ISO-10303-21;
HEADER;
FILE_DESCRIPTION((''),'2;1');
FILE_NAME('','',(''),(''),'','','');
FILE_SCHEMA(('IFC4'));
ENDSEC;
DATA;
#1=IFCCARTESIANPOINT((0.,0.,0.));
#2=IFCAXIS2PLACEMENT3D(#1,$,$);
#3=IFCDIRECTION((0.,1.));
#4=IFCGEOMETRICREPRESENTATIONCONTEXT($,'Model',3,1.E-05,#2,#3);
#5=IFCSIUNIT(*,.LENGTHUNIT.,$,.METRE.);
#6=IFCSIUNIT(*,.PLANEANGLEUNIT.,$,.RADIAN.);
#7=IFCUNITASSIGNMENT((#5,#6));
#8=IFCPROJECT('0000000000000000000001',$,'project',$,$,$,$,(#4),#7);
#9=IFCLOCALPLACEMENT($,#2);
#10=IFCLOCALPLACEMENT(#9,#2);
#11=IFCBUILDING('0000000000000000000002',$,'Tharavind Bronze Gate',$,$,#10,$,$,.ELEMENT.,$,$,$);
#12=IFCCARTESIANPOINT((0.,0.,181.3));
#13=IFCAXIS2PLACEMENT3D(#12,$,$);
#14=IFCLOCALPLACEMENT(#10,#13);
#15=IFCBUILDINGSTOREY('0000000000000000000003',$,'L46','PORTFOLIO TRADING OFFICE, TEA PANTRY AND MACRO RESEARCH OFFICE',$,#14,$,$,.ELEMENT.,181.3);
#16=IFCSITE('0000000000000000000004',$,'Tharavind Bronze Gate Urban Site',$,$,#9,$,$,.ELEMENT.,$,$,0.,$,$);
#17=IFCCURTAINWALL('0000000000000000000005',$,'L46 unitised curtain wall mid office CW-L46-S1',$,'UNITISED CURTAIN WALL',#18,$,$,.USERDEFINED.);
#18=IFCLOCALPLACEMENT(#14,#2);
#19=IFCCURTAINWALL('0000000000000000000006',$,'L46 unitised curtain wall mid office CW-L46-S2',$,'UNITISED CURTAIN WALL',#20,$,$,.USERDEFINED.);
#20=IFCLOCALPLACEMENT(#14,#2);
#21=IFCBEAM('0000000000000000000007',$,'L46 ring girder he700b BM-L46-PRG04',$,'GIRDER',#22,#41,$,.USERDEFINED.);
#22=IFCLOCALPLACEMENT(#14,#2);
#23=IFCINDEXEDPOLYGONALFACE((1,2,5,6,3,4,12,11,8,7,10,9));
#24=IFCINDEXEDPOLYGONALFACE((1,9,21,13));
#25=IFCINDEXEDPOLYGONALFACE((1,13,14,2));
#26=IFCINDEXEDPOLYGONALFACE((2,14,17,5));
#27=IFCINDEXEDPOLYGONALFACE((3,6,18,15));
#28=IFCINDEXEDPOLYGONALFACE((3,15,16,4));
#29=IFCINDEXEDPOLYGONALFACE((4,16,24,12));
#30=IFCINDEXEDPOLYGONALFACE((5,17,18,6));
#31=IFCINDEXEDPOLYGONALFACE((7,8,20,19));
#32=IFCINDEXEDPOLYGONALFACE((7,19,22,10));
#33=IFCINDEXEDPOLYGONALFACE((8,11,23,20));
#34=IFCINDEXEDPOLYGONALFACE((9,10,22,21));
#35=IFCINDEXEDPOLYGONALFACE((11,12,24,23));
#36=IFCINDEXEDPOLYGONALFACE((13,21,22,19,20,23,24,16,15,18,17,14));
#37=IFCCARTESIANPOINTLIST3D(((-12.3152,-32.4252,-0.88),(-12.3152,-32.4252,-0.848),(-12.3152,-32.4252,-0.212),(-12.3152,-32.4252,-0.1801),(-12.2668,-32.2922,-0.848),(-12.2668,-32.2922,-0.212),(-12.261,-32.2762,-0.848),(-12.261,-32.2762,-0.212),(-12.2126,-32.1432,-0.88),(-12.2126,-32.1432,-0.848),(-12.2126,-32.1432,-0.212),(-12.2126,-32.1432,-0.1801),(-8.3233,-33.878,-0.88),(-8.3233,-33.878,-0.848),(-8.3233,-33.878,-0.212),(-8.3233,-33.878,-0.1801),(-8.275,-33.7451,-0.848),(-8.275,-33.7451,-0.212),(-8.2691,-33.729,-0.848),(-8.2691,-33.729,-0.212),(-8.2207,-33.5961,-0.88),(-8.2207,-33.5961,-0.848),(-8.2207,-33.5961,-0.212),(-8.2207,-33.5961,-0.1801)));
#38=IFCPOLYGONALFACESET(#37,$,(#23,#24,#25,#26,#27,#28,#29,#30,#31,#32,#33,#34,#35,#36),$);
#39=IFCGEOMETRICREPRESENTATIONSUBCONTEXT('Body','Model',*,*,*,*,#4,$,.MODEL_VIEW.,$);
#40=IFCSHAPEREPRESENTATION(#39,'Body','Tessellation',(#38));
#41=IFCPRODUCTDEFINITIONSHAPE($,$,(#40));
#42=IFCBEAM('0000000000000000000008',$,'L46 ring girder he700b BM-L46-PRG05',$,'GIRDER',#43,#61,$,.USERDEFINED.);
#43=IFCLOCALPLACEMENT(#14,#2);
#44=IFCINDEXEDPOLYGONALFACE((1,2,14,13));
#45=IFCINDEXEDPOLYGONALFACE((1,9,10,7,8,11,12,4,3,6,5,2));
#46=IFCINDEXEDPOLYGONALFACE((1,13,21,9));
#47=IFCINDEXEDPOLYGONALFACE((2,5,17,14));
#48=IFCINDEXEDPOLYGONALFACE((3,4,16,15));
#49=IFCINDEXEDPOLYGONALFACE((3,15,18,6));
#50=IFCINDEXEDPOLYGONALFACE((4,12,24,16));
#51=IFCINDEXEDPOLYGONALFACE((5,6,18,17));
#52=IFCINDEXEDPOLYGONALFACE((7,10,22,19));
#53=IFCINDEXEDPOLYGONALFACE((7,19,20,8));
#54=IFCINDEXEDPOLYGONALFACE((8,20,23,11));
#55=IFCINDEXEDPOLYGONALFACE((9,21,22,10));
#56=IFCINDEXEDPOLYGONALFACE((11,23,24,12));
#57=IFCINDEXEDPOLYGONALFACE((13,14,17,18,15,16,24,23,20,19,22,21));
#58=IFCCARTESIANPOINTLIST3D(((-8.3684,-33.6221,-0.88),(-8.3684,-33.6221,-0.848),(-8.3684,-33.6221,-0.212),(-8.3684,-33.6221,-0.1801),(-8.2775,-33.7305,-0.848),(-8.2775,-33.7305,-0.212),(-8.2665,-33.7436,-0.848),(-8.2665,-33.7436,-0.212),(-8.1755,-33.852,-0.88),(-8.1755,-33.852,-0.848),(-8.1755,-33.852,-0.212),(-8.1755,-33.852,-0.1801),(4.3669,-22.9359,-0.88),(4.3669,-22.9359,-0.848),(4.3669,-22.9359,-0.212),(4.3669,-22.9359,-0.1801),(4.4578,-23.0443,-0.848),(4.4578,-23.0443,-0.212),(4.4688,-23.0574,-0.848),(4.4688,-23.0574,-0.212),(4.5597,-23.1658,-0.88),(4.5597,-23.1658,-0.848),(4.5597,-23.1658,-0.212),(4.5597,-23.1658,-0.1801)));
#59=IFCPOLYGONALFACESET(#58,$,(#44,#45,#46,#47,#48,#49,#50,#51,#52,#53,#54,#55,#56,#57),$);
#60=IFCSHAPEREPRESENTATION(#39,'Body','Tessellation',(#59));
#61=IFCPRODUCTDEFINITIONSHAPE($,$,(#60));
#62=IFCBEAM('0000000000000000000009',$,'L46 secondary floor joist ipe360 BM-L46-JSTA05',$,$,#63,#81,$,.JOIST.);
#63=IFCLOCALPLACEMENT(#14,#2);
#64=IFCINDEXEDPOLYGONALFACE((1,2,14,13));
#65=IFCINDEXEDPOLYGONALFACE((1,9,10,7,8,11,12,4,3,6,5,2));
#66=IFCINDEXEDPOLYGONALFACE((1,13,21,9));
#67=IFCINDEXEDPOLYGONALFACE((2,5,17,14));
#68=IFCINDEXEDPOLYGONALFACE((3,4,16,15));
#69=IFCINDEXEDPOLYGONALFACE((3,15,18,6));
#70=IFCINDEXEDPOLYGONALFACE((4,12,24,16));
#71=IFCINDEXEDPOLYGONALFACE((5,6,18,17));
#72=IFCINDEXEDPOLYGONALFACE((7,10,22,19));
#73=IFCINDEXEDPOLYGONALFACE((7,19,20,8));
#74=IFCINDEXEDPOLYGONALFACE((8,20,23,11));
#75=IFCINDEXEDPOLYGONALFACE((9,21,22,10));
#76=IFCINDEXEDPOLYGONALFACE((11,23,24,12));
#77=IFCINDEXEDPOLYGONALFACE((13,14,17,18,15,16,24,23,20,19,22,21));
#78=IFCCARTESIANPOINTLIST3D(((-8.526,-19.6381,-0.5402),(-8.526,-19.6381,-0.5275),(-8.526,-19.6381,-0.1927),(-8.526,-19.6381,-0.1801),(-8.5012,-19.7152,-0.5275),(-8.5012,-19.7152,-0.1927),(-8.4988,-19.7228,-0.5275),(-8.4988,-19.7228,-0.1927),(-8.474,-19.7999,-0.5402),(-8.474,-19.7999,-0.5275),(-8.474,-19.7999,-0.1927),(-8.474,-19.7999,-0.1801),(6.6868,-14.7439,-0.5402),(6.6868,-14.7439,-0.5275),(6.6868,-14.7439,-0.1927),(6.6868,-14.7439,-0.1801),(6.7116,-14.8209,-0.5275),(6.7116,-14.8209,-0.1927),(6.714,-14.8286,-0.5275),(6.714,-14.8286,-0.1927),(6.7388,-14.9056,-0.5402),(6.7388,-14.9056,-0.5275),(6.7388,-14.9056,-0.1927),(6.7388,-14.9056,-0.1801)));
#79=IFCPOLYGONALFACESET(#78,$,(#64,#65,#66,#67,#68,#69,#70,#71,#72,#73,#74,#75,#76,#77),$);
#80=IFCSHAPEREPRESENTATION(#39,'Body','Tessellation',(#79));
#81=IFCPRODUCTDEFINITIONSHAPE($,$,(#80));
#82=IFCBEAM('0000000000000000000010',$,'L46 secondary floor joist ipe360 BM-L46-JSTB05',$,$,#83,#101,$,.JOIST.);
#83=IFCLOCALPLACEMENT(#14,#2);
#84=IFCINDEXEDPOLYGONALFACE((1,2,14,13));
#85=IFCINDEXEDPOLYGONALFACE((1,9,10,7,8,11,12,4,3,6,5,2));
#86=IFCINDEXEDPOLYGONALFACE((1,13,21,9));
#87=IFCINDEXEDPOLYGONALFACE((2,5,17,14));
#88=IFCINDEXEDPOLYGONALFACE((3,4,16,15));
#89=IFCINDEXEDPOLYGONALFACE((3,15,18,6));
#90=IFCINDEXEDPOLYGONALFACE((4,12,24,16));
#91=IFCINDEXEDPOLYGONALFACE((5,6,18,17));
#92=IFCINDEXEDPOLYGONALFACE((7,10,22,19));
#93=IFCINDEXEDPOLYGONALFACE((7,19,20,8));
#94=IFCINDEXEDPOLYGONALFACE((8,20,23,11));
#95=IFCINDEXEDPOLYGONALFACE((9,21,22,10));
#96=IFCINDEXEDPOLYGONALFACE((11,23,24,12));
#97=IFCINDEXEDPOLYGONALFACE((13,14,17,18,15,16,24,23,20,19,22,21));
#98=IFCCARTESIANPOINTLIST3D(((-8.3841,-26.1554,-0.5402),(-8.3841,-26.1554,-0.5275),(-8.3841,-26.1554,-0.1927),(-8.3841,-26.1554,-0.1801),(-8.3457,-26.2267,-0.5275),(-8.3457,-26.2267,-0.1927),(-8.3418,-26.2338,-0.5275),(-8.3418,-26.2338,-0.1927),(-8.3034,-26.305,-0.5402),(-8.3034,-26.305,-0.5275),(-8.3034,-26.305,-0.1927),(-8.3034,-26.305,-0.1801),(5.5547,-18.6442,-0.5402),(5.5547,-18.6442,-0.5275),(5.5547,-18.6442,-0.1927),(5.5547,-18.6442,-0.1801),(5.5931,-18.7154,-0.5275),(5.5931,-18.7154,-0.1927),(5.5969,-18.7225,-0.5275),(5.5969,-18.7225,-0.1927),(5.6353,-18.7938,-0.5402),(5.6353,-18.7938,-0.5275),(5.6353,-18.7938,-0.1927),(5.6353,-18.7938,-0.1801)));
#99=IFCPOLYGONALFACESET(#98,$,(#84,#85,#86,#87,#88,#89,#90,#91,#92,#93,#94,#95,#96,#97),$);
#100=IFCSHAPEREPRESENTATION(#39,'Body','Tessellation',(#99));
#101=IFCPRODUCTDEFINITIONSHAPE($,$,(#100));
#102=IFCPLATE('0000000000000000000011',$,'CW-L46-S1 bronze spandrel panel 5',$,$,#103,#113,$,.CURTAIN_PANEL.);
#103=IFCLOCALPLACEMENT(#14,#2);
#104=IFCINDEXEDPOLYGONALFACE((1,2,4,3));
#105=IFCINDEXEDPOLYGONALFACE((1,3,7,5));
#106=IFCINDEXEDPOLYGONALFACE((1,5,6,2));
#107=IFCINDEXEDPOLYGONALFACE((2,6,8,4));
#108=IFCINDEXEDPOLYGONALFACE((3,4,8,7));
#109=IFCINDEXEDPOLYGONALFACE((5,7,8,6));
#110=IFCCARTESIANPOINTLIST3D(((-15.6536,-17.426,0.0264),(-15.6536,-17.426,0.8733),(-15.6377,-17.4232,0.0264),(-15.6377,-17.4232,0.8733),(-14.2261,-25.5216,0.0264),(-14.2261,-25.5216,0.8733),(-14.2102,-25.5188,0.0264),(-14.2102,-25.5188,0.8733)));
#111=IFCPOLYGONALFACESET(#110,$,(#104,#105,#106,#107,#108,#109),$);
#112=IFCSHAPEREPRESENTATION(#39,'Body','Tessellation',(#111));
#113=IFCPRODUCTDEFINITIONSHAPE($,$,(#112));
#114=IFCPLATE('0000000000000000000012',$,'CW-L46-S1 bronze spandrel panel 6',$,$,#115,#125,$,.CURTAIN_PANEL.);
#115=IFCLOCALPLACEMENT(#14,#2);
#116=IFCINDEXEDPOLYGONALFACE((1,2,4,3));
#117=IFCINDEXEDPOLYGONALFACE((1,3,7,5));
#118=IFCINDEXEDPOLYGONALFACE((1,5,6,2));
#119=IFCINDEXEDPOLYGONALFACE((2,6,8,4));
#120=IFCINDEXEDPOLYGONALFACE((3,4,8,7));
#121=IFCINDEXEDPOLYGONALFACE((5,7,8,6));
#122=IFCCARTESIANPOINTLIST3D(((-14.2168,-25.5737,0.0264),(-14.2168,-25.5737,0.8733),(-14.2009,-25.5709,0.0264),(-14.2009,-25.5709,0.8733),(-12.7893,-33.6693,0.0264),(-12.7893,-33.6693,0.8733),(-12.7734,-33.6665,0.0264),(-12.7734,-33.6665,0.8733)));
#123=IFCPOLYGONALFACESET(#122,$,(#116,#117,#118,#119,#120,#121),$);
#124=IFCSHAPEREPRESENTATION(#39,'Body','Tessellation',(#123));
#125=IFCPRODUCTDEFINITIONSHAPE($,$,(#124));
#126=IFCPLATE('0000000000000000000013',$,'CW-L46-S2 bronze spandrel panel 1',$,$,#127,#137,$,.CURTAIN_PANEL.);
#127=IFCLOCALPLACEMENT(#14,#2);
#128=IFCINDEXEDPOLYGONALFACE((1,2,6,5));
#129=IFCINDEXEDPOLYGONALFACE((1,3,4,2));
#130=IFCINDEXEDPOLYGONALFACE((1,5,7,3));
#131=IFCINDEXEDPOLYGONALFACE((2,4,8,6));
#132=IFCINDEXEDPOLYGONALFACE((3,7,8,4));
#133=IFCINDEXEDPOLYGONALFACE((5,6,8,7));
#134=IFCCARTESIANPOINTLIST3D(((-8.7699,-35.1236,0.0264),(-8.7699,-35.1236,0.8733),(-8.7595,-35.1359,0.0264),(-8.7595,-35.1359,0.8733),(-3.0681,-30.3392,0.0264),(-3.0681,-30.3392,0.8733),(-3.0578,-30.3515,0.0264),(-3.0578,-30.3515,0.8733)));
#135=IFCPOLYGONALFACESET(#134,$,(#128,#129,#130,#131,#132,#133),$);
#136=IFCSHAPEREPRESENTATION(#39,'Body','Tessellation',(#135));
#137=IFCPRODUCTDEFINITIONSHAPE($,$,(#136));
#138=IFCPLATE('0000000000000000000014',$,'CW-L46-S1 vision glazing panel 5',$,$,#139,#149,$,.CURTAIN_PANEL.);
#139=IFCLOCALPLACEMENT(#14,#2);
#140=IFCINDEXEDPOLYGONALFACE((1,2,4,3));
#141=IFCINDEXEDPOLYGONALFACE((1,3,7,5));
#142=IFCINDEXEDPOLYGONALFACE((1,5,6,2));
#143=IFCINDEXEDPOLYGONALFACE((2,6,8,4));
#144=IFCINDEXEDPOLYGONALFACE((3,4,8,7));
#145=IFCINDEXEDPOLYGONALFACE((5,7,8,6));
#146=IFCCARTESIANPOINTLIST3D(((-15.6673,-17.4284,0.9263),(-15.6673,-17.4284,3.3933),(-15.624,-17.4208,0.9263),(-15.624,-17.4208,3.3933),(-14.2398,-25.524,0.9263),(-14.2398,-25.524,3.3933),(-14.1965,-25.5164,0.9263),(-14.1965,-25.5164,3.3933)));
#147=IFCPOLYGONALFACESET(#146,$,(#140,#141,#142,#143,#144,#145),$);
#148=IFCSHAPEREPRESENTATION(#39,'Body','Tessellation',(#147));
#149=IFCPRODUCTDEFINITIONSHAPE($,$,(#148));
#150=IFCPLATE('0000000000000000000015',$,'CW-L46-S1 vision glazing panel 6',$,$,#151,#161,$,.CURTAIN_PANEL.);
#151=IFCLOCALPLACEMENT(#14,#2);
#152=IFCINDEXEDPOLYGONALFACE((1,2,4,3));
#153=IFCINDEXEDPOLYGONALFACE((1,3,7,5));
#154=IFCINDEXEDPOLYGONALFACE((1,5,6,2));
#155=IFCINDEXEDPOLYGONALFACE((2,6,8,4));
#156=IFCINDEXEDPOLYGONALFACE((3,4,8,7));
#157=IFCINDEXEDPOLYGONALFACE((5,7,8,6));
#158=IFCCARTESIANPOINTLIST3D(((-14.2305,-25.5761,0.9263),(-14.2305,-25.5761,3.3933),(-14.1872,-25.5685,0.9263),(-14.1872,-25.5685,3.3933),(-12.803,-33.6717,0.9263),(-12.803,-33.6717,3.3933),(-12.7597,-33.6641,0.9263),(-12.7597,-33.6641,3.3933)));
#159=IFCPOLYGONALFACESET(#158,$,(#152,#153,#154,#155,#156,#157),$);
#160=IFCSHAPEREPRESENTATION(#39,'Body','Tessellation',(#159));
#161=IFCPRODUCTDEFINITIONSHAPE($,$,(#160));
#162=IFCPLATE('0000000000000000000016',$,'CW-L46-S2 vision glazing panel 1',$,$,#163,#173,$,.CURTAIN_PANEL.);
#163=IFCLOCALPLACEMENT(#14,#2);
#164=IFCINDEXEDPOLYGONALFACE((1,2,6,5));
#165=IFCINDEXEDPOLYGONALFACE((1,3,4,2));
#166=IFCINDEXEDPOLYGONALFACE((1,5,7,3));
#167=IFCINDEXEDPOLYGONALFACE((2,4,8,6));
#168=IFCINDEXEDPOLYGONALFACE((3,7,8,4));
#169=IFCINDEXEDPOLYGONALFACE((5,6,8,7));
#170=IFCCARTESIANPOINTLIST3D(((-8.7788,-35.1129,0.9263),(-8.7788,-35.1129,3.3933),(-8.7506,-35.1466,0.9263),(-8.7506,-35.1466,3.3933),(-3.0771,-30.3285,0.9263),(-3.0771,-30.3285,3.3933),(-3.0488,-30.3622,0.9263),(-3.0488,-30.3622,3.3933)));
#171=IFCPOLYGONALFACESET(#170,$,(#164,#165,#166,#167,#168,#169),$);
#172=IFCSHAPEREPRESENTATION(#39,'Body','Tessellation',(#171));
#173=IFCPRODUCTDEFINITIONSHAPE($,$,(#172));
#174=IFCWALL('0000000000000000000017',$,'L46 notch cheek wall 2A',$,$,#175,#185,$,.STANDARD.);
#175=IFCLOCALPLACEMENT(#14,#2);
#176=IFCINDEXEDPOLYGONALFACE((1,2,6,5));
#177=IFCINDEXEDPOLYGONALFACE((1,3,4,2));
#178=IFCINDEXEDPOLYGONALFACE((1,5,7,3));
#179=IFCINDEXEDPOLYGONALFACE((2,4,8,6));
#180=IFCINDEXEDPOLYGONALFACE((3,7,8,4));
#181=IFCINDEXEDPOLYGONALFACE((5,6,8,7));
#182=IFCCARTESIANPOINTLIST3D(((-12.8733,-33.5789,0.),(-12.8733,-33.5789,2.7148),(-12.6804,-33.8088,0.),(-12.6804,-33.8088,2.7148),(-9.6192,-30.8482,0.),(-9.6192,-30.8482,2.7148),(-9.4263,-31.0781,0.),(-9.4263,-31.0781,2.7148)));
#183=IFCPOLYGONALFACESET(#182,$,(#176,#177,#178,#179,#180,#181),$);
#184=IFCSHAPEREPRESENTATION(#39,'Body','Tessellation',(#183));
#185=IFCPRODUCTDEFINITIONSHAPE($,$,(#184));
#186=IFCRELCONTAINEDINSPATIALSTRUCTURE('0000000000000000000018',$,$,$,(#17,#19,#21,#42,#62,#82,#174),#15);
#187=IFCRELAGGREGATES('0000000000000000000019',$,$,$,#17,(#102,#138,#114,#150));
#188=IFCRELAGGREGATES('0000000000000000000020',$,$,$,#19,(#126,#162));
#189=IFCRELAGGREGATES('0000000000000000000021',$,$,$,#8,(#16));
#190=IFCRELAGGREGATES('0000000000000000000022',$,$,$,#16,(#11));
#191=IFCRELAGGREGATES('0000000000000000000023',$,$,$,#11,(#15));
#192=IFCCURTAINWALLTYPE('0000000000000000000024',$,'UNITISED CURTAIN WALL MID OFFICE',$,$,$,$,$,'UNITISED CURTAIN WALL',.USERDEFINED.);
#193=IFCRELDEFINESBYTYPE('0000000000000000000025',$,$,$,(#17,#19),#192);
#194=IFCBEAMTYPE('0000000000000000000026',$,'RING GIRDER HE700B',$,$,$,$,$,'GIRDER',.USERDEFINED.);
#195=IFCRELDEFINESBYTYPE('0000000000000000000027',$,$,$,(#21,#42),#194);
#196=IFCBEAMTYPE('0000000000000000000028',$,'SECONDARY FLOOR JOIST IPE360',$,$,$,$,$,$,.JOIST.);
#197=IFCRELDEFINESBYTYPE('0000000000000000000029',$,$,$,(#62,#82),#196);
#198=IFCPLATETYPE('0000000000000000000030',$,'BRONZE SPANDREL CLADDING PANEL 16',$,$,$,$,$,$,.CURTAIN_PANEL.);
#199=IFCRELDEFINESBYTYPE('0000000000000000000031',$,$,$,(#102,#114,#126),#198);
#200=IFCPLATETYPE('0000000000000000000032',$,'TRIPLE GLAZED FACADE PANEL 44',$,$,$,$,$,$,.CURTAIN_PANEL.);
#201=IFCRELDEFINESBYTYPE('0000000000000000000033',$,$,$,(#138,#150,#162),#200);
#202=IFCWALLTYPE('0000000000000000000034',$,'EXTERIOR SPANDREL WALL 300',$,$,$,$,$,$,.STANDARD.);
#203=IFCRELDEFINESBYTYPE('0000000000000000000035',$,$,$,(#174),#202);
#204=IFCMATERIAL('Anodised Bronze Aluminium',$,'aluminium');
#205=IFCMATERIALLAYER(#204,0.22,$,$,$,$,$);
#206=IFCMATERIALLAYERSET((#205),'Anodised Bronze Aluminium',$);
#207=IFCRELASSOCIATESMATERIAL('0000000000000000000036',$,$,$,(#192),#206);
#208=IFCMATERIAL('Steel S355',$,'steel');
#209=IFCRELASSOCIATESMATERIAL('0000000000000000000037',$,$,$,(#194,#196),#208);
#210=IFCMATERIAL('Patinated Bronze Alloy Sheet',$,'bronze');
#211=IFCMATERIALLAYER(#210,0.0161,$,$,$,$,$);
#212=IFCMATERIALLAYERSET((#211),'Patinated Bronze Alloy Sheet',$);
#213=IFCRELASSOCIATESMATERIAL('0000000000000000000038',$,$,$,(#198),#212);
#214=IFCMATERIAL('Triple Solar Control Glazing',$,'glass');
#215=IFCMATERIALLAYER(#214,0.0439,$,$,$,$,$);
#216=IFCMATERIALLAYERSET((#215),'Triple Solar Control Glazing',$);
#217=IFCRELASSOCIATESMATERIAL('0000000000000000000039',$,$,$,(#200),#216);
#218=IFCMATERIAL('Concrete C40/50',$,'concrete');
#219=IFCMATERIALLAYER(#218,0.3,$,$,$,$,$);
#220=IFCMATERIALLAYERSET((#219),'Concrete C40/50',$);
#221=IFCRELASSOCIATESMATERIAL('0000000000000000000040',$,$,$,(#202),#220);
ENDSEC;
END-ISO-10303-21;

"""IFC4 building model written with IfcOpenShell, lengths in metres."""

from ifc_helpers import new_model, si_unit, direction, frame, frame_2d, origin, origin_2d, place, context, subcontext, project, spatial, rectangle, i_section, extrude, material, layer, layer_set, material_profile, profile_set, type_object, element, aggregate, save


model = new_model("IFC4")

# Units and contexts
model_context = context("Model", 3, precision=1e-05, world=origin(), true_north=direction((0.0, 1.0)))
body_context = subcontext(model_context, "Body", "Model", "MODEL_VIEW")
ifc_project = project(units=[si_unit("LENGTHUNIT", "METRE"), si_unit("PLANEANGLEUNIT", "RADIAN")], contexts=[model_context])

# Site, building, storey
site_placement = place(None, origin())
site = spatial("IfcSite", under=ifc_project, at=site_placement, Name="Tharavind Bronze Gate Urban Site", CompositionType="ELEMENT", RefElevation=0.0)
building_placement = place(site_placement, origin())
building = spatial("IfcBuilding", under=site, at=building_placement, Name="Tharavind Bronze Gate", CompositionType="ELEMENT")
storey_placement = place(building_placement, frame((0.0, 0.0, 181.3)))
storey = spatial("IfcBuildingStorey", under=building, at=storey_placement, Name="L46", Description="PORTFOLIO TRADING OFFICE, TEA PANTRY AND MACRO RESEARCH OFFICE", CompositionType="ELEMENT", Elevation=181.3)

# Curtain walls
ifc_material_1 = material(Name="Anodised Bronze Aluminium", Category="aluminium")
ifc_layer_1 = layer(ifc_material_1, 0.22)
ifc_layer_set_1 = layer_set([ifc_layer_1], Name="Anodised Bronze Aluminium")
curtain_wall_type = type_object("IfcCurtainWallType", Name="UNITISED CURTAIN WALL MID OFFICE", ElementType="UNITISED CURTAIN WALL", PredefinedType="USERDEFINED", material=ifc_layer_set_1)
curtain_wall_1_placement = place(storey_placement, origin())
curtain_wall_1 = element("IfcCurtainWall", 1, at=curtain_wall_1_placement, inside=storey, type_object=curtain_wall_type, Name="L46 unitised curtain wall mid office CW-L46-S1", ObjectType="UNITISED CURTAIN WALL", PredefinedType="USERDEFINED")
curtain_wall_2_placement = place(storey_placement, origin())
curtain_wall_2 = element("IfcCurtainWall", 2, at=curtain_wall_2_placement, inside=storey, type_object=curtain_wall_type, Name="L46 unitised curtain wall mid office CW-L46-S2", ObjectType="UNITISED CURTAIN WALL", PredefinedType="USERDEFINED")

# Beams
ifc_material_2 = material(Name="Steel S355", Category="steel")
ifc_material_profile_1 = material_profile(ifc_material_2, i_section(OverallWidth=0.3, OverallDepth=0.7, WebThickness=0.0171, FlangeThickness=0.032, at=origin_2d()), Name="HE700B")
ifc_profile_set_1 = profile_set([ifc_material_profile_1], Name="Steel S355")
beam_type_1 = type_object("IfcBeamType", Name="RING GIRDER HE700B", ElementType="GIRDER", PredefinedType="USERDEFINED", material=ifc_profile_set_1)
beam_1_placement = place(storey_placement, frame((-12.2639, -32.2842, -0.53), z_axis=(0.939698, -0.342006, 0.0), x_axis=(0.342006, 0.939698, 0.0)))
element("IfcBeam", 3, at=beam_1_placement, inside=storey, type_object=beam_type_1, Name="L46 ring girder he700b BM-L46-PRG04", ObjectType="GIRDER", PredefinedType="USERDEFINED", context=body_context, shape_type="SweptSolid", body=[
    extrude(i_section(OverallWidth=0.3, OverallDepth=0.7, WebThickness=0.0171, FlangeThickness=0.032, at=origin_2d()), origin(), (0.0, 0.0, 1.0), 4.248),
])
beam_2_placement = place(storey_placement, frame((-8.272, -33.7371, -0.53), z_axis=(0.766043, 0.642789, 0.0), x_axis=(-0.642789, 0.766043, 0.0)))
element("IfcBeam", 4, at=beam_2_placement, inside=storey, type_object=beam_type_1, Name="L46 ring girder he700b BM-L46-PRG05", ObjectType="GIRDER", PredefinedType="USERDEFINED", context=body_context, shape_type="SweptSolid", body=[
    extrude(i_section(OverallWidth=0.3, OverallDepth=0.7, WebThickness=0.0171, FlangeThickness=0.032, at=origin_2d()), origin(), (0.0, 0.0, 1.0), 16.6248),
])
ifc_material_profile_2 = material_profile(ifc_material_2, i_section(OverallWidth=0.1699, OverallDepth=0.3601, WebThickness=0.0081, FlangeThickness=0.0127, at=origin_2d()), Name="IPE360")
ifc_profile_set_2 = profile_set([ifc_material_profile_2], Name="Steel S355")
beam_type_2 = type_object("IfcBeamType", Name="SECONDARY FLOOR JOIST IPE360", PredefinedType="JOIST", material=ifc_profile_set_2)
beam_3_placement = place(storey_placement, frame((-8.5, -19.719, -0.3601), z_axis=(0.951948, 0.30626, 0.0), x_axis=(-0.30626, 0.951948, 0.0)))
element("IfcBeam", 5, at=beam_3_placement, inside=storey, type_object=beam_type_2, Name="L46 secondary floor joist ipe360 BM-L46-JSTA05", PredefinedType="JOIST", context=body_context, shape_type="SweptSolid", body=[
    extrude(i_section(OverallWidth=0.1699, OverallDepth=0.3601, WebThickness=0.0081, FlangeThickness=0.0127, at=origin_2d()), origin(), (0.0, 0.0, 1.0), 15.9807),
])
beam_4_placement = place(storey_placement, frame((-8.3438, -26.2302, -0.3601), z_axis=(0.880319, 0.474382, 0.0), x_axis=(-0.474382, 0.880319, 0.0)))
element("IfcBeam", 6, at=beam_4_placement, inside=storey, type_object=beam_type_2, Name="L46 secondary floor joist ipe360 BM-L46-JSTB05", PredefinedType="JOIST", context=body_context, shape_type="SweptSolid", body=[
    extrude(i_section(OverallWidth=0.1699, OverallDepth=0.3601, WebThickness=0.0081, FlangeThickness=0.0127, at=origin_2d()), origin(), (0.0, 0.0, 1.0), 15.8337),
])

# Plates
ifc_material_3 = material(Name="Patinated Bronze Alloy Sheet", Category="bronze")
ifc_layer_2 = layer(ifc_material_3, 0.0161)
ifc_layer_set_2 = layer_set([ifc_layer_2], Name="Patinated Bronze Alloy Sheet")
plate_type_1 = type_object("IfcPlateType", Name="BRONZE SPANDREL CLADDING PANEL 16", PredefinedType="CURTAIN_PANEL", material=ifc_layer_set_2)
plate_1_placement = place(storey_placement, frame((-14.9319, -21.4724, 0.0264), z_axis=(0.0, 0.0, 1.0), x_axis=(0.173648, -0.984808, 0.0)))
plate_1 = element("IfcPlate", 7, at=plate_1_placement, type_object=plate_type_1, Name="CW-L46-S1 bronze spandrel panel 5", PredefinedType="CURTAIN_PANEL", context=body_context, shape_type="SweptSolid", body=[
    extrude(rectangle(XDim=8.2205, YDim=0.0161, at=origin_2d()), origin(), (0.0, 0.0, 1.0), 0.8469),
])
plate_2_placement = place(storey_placement, frame((-13.4951, -29.6201, 0.0264), z_axis=(0.0, 0.0, 1.0), x_axis=(0.173648, -0.984808, 0.0)))
plate_2 = element("IfcPlate", 8, at=plate_2_placement, type_object=plate_type_1, Name="CW-L46-S1 bronze spandrel panel 6", PredefinedType="CURTAIN_PANEL", context=body_context, shape_type="SweptSolid", body=[
    extrude(rectangle(XDim=8.2205, YDim=0.0161, at=origin_2d()), origin(), (0.0, 0.0, 1.0), 0.8469),
])
plate_3_placement = place(storey_placement, frame((-5.9138, -32.7375, 0.0264), z_axis=(0.0, 0.0, 1.0), x_axis=(0.766043, 0.642789, 0.0)))
plate_3 = element("IfcPlate", 9, at=plate_3_placement, type_object=plate_type_1, Name="CW-L46-S2 bronze spandrel panel 1", PredefinedType="CURTAIN_PANEL", context=body_context, shape_type="SweptSolid", body=[
    extrude(rectangle(XDim=7.4431, YDim=0.0161, at=origin_2d()), origin(), (0.0, 0.0, 1.0), 0.8469),
])
ifc_material_4 = material(Name="Triple Solar Control Glazing", Category="glass")
ifc_layer_3 = layer(ifc_material_4, 0.0439)
ifc_layer_set_3 = layer_set([ifc_layer_3], Name="Triple Solar Control Glazing")
plate_type_2 = type_object("IfcPlateType", Name="TRIPLE GLAZED FACADE PANEL 44", PredefinedType="CURTAIN_PANEL", material=ifc_layer_set_3)
plate_4_placement = place(storey_placement, frame((-14.9319, -21.4724, 0.9263), z_axis=(0.0, 0.0, 1.0), x_axis=(0.173648, -0.984808, 0.0)))
plate_4 = element("IfcPlate", 10, at=plate_4_placement, type_object=plate_type_2, Name="CW-L46-S1 vision glazing panel 5", PredefinedType="CURTAIN_PANEL", context=body_context, shape_type="SweptSolid", body=[
    extrude(rectangle(XDim=8.2205, YDim=0.0439, at=origin_2d()), origin(), (0.0, 0.0, 1.0), 2.467),
])
plate_5_placement = place(storey_placement, frame((-13.4951, -29.6201, 0.9263), z_axis=(0.0, 0.0, 1.0), x_axis=(0.173648, -0.984808, 0.0)))
plate_5 = element("IfcPlate", 11, at=plate_5_placement, type_object=plate_type_2, Name="CW-L46-S1 vision glazing panel 6", PredefinedType="CURTAIN_PANEL", context=body_context, shape_type="SweptSolid", body=[
    extrude(rectangle(XDim=8.2205, YDim=0.0439, at=origin_2d()), origin(), (0.0, 0.0, 1.0), 2.467),
])
aggregate(curtain_wall_1, [plate_1, plate_4, plate_2, plate_5])
plate_6_placement = place(storey_placement, frame((-5.9138, -32.7375, 0.9263), z_axis=(0.0, 0.0, 1.0), x_axis=(0.766043, 0.642789, 0.0)))
plate_6 = element("IfcPlate", 12, at=plate_6_placement, type_object=plate_type_2, Name="CW-L46-S2 vision glazing panel 1", PredefinedType="CURTAIN_PANEL", context=body_context, shape_type="SweptSolid", body=[
    extrude(rectangle(XDim=7.4431, YDim=0.0439, at=origin_2d()), origin(), (0.0, 0.0, 1.0), 2.467),
])
aggregate(curtain_wall_2, [plate_3, plate_6])

# Wall
ifc_material_5 = material(Name="Concrete C40/50", Category="concrete")
ifc_layer_4 = layer(ifc_material_5, 0.3)
ifc_layer_set_4 = layer_set([ifc_layer_4], Name="Concrete C40/50")
wall_type_1 = type_object("IfcWallType", Name="EXTERIOR SPANDREL WALL 300", PredefinedType="STANDARD", material=ifc_layer_set_4)
for number, where, z_axis, x_axis, name in (
    (13, (-12.7769, -33.6938, 0.0), (0.0, 0.0, 1.0), (0.766026, 0.642809, 0.0), "L46 notch cheek wall 2A"),
):
    element("IfcWall", number, at=place(storey_placement, frame(where, z_axis=z_axis, x_axis=x_axis)), inside=storey, type_object=wall_type_1, Name=name, PredefinedType="STANDARD", context=body_context, shape_type="SweptSolid", body=[
        extrude(rectangle(XDim=4.248, YDim=0.3, at=frame_2d((2.124, 0.0))), origin(), (0.0, 0.0, 1.0), 2.7148),
    ])

save(model, "model.ifc")
